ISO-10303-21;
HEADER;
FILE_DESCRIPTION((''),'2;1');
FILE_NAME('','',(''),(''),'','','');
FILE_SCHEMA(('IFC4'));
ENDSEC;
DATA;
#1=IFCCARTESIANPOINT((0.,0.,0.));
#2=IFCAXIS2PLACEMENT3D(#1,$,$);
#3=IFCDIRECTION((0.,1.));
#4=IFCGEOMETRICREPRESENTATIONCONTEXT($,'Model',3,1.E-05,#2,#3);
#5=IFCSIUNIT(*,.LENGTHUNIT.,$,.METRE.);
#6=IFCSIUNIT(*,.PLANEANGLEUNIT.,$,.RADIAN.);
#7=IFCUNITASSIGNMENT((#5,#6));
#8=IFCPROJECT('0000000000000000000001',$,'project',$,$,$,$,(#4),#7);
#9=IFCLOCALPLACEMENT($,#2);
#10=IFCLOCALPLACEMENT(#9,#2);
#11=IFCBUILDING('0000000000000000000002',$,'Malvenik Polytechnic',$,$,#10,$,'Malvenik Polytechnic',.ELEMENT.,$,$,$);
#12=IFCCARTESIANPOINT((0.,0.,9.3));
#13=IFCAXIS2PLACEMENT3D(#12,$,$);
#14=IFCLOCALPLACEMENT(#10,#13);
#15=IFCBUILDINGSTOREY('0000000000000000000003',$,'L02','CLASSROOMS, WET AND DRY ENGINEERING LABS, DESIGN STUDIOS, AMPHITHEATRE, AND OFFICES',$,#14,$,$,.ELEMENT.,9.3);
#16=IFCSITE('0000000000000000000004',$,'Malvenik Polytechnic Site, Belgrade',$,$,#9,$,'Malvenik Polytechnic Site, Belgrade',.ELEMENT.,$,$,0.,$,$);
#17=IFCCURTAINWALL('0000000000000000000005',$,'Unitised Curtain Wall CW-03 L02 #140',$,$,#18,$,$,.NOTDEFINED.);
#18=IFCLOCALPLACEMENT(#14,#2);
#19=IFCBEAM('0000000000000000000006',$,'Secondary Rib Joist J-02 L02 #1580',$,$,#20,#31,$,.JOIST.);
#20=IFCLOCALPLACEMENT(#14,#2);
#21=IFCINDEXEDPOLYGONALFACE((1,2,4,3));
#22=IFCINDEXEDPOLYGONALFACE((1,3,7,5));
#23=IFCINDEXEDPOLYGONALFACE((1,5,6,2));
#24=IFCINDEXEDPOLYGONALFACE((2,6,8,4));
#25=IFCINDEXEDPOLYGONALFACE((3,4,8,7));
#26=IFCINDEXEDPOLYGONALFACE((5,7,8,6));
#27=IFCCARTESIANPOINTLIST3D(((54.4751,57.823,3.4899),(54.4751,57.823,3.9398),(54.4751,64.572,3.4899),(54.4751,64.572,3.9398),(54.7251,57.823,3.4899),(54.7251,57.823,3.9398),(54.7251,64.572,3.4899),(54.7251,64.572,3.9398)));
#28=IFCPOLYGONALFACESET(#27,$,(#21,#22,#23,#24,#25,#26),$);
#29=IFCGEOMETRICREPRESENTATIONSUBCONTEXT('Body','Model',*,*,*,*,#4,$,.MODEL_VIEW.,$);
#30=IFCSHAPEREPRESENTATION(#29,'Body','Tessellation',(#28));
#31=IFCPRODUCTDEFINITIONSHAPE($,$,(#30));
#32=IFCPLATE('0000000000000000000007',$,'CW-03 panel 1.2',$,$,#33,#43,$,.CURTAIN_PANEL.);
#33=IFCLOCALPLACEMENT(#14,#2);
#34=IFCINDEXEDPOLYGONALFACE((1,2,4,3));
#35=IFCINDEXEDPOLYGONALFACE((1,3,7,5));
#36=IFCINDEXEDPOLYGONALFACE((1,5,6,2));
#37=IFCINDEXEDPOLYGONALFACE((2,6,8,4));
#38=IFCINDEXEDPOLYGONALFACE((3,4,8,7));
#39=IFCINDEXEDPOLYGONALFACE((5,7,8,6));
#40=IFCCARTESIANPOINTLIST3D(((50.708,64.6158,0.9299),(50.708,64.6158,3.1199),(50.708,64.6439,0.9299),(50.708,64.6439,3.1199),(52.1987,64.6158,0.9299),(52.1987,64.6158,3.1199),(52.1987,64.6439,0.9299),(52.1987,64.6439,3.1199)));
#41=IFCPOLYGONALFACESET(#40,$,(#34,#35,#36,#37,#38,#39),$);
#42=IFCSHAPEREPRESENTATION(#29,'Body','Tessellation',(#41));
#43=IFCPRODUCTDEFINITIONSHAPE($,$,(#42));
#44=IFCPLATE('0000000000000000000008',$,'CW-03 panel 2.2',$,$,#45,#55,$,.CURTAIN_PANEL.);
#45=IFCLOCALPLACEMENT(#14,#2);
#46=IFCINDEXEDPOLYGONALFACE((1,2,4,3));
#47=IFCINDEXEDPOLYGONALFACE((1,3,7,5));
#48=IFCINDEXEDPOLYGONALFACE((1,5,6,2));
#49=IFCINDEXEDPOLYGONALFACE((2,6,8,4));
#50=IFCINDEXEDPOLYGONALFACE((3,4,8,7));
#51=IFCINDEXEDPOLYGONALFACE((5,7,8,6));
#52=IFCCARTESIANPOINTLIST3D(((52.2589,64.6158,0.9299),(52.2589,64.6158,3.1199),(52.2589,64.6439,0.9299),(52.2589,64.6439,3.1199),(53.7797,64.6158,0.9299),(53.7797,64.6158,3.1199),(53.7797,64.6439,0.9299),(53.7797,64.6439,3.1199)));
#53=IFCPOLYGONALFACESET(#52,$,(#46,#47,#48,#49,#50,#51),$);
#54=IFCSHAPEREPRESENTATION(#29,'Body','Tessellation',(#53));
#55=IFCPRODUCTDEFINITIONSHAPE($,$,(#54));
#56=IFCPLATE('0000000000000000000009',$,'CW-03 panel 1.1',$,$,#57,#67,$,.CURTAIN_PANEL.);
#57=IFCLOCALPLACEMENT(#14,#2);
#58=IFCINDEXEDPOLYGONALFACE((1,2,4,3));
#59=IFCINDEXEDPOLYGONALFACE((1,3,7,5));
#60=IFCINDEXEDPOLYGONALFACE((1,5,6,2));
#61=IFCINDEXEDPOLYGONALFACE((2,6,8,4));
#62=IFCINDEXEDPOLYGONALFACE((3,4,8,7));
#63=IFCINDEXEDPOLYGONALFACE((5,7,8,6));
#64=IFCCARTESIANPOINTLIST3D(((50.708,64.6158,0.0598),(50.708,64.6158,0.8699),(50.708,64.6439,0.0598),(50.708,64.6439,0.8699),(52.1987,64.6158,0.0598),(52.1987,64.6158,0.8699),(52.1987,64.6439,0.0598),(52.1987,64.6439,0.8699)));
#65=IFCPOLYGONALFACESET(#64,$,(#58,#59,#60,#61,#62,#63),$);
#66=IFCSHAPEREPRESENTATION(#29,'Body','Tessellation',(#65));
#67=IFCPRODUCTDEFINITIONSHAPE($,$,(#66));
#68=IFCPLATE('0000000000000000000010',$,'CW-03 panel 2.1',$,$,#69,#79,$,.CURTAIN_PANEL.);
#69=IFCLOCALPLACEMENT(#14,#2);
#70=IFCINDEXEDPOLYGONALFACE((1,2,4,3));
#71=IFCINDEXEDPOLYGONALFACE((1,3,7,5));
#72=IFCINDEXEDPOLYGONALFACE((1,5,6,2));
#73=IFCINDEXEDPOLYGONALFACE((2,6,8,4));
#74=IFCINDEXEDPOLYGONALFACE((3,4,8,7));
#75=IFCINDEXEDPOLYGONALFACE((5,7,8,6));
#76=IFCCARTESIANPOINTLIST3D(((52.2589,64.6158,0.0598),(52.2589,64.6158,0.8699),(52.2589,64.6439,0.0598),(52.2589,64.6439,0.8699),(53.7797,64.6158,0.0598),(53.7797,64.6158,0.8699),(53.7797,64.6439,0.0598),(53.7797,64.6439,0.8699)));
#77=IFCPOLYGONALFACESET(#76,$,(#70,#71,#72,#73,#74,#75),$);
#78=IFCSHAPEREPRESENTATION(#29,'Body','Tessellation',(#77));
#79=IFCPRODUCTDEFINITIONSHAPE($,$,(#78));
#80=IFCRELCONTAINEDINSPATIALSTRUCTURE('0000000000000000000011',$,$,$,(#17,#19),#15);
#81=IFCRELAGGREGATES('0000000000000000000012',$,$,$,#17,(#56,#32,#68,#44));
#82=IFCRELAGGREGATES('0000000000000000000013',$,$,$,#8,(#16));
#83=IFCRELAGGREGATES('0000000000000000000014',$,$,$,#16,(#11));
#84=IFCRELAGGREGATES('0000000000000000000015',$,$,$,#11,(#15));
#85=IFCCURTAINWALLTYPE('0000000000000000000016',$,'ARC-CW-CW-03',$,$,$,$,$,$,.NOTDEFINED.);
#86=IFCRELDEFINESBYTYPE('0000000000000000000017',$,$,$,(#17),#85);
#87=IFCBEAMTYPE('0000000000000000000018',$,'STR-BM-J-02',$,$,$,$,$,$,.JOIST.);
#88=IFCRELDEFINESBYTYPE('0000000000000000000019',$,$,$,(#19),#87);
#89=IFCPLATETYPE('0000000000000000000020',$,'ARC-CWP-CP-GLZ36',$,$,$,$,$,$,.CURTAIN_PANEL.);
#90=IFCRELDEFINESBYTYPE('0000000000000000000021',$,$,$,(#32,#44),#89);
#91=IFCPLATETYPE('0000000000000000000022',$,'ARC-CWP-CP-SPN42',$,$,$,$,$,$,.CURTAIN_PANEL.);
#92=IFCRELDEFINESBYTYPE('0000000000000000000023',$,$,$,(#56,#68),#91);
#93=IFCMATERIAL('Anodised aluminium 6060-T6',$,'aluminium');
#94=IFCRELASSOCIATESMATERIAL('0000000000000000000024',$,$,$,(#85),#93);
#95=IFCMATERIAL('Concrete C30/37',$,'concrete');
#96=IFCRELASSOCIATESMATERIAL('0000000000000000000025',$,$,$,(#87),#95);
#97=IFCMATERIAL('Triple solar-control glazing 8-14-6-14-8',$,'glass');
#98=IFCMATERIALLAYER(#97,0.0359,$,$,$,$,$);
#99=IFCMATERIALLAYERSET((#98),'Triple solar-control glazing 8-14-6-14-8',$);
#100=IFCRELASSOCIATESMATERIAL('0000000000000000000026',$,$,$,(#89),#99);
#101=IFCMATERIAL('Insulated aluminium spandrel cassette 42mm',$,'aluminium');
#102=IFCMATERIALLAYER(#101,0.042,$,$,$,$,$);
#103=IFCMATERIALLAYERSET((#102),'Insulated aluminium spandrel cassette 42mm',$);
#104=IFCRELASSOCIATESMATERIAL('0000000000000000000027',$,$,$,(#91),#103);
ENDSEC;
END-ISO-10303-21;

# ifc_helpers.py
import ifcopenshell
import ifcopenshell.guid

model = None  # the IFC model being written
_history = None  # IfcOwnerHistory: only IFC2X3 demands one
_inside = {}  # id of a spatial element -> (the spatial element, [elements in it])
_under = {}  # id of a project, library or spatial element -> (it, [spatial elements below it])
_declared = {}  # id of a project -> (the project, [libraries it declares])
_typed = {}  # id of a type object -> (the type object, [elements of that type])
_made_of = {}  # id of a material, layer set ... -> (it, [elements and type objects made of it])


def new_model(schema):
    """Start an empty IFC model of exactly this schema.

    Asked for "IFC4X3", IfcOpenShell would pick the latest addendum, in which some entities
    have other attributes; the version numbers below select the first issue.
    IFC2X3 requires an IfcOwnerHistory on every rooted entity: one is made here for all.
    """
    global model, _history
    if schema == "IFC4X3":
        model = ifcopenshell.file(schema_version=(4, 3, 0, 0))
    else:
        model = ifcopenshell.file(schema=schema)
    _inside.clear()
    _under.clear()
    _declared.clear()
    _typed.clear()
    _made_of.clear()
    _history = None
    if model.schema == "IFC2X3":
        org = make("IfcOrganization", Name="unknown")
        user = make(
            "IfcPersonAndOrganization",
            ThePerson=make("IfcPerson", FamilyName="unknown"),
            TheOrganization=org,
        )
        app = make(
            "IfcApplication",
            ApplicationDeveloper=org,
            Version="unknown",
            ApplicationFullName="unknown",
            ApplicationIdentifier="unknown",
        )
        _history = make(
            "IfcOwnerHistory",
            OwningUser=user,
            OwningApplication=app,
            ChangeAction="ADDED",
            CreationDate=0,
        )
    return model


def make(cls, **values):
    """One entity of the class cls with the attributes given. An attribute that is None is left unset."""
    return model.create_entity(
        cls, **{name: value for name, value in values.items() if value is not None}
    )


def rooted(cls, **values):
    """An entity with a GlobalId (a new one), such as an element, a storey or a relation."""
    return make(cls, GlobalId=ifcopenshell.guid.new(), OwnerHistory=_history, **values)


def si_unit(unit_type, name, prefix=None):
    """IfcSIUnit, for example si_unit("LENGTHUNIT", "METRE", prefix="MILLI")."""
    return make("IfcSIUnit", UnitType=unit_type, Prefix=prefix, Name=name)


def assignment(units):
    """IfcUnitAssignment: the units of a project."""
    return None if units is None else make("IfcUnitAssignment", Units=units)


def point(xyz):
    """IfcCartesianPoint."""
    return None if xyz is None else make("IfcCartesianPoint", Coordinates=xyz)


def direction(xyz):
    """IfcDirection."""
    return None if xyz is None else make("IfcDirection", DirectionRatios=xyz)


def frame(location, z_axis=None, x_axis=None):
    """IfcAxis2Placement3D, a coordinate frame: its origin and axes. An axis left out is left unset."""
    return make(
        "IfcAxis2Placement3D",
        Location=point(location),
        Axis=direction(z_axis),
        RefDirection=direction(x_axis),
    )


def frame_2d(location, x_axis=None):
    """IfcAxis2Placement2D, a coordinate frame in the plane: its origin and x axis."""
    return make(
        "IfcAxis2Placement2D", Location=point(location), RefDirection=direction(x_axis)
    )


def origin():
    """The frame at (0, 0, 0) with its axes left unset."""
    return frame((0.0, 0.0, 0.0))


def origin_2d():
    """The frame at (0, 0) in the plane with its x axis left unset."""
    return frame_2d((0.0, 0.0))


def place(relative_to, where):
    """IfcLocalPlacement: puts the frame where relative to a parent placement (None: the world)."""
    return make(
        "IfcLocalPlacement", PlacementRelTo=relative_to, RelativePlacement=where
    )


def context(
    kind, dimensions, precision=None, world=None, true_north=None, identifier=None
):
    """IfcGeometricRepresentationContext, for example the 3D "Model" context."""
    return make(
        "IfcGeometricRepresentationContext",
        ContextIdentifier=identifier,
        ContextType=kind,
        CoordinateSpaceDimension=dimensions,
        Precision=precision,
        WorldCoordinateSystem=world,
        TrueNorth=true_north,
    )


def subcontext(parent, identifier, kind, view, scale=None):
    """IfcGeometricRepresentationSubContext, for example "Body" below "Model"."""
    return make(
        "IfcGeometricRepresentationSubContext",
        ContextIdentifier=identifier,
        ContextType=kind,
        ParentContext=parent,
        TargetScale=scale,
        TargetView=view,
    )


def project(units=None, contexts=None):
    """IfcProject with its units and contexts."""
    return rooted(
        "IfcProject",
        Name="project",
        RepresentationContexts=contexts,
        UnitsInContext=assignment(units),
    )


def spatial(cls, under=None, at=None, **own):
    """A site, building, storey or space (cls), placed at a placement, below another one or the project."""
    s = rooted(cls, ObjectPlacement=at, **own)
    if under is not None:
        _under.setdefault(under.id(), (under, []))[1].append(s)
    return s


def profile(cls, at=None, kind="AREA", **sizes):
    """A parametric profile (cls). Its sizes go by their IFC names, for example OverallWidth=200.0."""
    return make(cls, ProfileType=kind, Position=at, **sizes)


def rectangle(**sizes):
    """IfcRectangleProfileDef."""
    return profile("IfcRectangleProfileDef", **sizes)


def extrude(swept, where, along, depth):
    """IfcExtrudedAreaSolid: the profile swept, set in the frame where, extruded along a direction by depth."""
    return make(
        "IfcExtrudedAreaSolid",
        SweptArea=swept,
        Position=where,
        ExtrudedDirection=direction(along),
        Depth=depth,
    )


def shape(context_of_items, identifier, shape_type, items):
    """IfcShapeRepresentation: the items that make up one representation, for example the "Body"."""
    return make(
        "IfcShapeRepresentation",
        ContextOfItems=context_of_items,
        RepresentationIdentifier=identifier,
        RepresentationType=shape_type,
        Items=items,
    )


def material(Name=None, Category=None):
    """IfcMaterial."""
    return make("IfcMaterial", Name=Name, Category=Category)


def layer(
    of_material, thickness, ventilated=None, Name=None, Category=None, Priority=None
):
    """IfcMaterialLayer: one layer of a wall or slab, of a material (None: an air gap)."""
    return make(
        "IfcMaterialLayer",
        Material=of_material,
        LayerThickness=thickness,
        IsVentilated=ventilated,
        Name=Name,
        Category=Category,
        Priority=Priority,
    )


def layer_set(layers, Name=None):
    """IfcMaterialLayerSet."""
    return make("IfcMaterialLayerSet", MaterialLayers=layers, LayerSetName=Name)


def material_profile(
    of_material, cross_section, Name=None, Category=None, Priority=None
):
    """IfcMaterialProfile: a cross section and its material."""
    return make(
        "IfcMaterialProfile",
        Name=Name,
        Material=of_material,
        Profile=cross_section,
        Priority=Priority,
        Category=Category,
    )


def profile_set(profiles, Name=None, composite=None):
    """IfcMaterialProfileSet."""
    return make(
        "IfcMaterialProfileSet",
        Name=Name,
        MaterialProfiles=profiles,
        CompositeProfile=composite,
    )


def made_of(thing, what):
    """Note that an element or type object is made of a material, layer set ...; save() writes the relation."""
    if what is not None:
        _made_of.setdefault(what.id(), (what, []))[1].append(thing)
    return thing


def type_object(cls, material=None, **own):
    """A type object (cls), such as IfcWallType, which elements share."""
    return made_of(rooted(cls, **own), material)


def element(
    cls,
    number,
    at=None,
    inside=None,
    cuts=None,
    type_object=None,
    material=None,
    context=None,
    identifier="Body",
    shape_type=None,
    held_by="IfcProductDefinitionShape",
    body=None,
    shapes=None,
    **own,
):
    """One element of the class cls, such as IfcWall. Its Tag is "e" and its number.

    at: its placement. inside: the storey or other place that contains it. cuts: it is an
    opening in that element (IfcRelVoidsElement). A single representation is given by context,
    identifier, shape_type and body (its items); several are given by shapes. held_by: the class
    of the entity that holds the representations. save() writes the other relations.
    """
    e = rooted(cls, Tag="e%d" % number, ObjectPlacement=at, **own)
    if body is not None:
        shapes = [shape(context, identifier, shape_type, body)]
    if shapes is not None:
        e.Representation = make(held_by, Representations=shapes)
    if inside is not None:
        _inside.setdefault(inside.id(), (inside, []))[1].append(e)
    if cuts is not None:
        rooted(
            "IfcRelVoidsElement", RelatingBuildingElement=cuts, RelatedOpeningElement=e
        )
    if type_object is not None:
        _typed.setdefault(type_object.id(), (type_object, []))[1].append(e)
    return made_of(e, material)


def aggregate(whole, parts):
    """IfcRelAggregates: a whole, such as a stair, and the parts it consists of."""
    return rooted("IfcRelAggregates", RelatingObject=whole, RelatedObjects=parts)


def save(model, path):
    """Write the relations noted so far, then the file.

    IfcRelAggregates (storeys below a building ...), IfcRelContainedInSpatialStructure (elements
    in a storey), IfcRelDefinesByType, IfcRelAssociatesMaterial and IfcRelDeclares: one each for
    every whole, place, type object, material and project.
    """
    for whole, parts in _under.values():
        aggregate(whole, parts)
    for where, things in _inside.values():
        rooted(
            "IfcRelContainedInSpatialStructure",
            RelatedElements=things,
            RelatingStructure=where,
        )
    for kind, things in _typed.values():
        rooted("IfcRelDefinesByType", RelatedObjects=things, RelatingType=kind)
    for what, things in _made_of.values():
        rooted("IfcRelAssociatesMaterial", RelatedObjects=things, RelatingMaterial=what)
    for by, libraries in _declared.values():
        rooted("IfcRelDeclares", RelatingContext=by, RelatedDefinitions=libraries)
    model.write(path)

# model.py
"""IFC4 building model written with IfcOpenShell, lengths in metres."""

from ifc_helpers import new_model, si_unit, direction, frame, origin, origin_2d, place, context, subcontext, project, spatial, rectangle, extrude, material, layer, layer_set, material_profile, profile_set, type_object, element, aggregate, save


model = new_model("IFC4")

# Units and contexts
model_context = context("Model", 3, precision=1e-05, world=origin(), true_north=direction((0.0, 1.0)))
body_context = subcontext(model_context, "Body", "Model", "MODEL_VIEW")
ifc_project = project(units=[si_unit("LENGTHUNIT", "METRE"), si_unit("PLANEANGLEUNIT", "RADIAN")], contexts=[model_context])

# Site, building, storey
site_placement = place(None, origin())
site = spatial("IfcSite", under=ifc_project, at=site_placement, Name="Malvenik Polytechnic Site, Belgrade", LongName="Malvenik Polytechnic Site, Belgrade", CompositionType="ELEMENT", RefElevation=0.0)
building_placement = place(site_placement, origin())
building = spatial("IfcBuilding", under=site, at=building_placement, Name="Malvenik Polytechnic", LongName="Malvenik Polytechnic", CompositionType="ELEMENT")
storey_placement = place(building_placement, frame((0.0, 0.0, 9.3)))
storey = spatial("IfcBuildingStorey", under=building, at=storey_placement, Name="L02", Description="CLASSROOMS, WET AND DRY ENGINEERING LABS, DESIGN STUDIOS, AMPHITHEATRE, AND OFFICES", CompositionType="ELEMENT", Elevation=9.3)

# Curtain wall
ifc_material_1 = material(Name="Anodised aluminium 6060-T6", Category="aluminium")
curtain_wall_type = type_object("IfcCurtainWallType", Name="ARC-CW-CW-03", PredefinedType="NOTDEFINED", material=ifc_material_1)
curtain_wall_1_placement = place(storey_placement, origin())
curtain_wall_1 = element("IfcCurtainWall", 1, at=curtain_wall_1_placement, inside=storey, type_object=curtain_wall_type, Name="Unitised Curtain Wall CW-03 L02 #140", PredefinedType="NOTDEFINED")

# Beam
ifc_material_2 = material(Name="Concrete C30/37", Category="concrete")
ifc_material_profile_1 = material_profile(ifc_material_2, rectangle(XDim=0.25, YDim=0.45, at=origin_2d()), Name="RC JST 250x450")
ifc_profile_set_1 = profile_set([ifc_material_profile_1], Name="Concrete C30/37")
beam_type_1 = type_object("IfcBeamType", Name="STR-BM-J-02", PredefinedType="JOIST", material=ifc_profile_set_1)
for number, where, z_axis, x_axis, name in (
    (2, (54.6001, 57.823, 3.7148), (0.0, 1.0, 0.0), (-1.0, 0.0, 0.0), "Secondary Rib Joist J-02 L02 #1580"),
):
    element("IfcBeam", number, at=place(storey_placement, frame(where, z_axis=z_axis, x_axis=x_axis)), inside=storey, type_object=beam_type_1, Name=name, PredefinedType="JOIST", context=body_context, shape_type="SweptSolid", body=[
        extrude(rectangle(XDim=0.25, YDim=0.45, at=origin_2d()), origin(), (0.0, 0.0, 1.0), 6.749),
    ])

# Plates
ifc_material_3 = material(Name="Triple solar-control glazing 8-14-6-14-8", Category="glass")
ifc_layer_1 = layer(ifc_material_3, 0.0359)
ifc_layer_set_1 = layer_set([ifc_layer_1], Name="Triple solar-control glazing 8-14-6-14-8")
plate_type_1 = type_object("IfcPlateType", Name="ARC-CWP-CP-GLZ36", PredefinedType="CURTAIN_PANEL", material=ifc_layer_set_1)
plate_1_placement = place(storey_placement, frame((51.4534, 64.6299, 0.9299), z_axis=(0.0, 0.0, 1.0), x_axis=(1.0, 0.0, 0.0)))
plate_1 = element("IfcPlate", 3, at=plate_1_placement, type_object=plate_type_1, Name="CW-03 panel 1.2", PredefinedType="CURTAIN_PANEL", context=body_context, shape_type="SweptSolid", body=[
    extrude(rectangle(XDim=1.4907, YDim=0.0281, at=origin_2d()), origin(), (0.0, 0.0, 1.0), 2.1899),
])
plate_2_placement = place(storey_placement, frame((53.0193, 64.6299, 0.9299), z_axis=(0.0, 0.0, 1.0), x_axis=(1.0, 0.0, 0.0)))
plate_2 = element("IfcPlate", 4, at=plate_2_placement, type_object=plate_type_1, Name="CW-03 panel 2.2", PredefinedType="CURTAIN_PANEL", context=body_context, shape_type="SweptSolid", body=[
    extrude(rectangle(XDim=1.5208, YDim=0.0281, at=origin_2d()), origin(), (0.0, 0.0, 1.0), 2.1899),
])
ifc_material_4 = material(Name="Insulated aluminium spandrel cassette 42mm", Category="aluminium")
ifc_layer_2 = layer(ifc_material_4, 0.042)
ifc_layer_set_2 = layer_set([ifc_layer_2], Name="Insulated aluminium spandrel cassette 42mm")
plate_type_2 = type_object("IfcPlateType", Name="ARC-CWP-CP-SPN42", PredefinedType="CURTAIN_PANEL", material=ifc_layer_set_2)
plate_3_placement = place(storey_placement, frame((51.4534, 64.6299, 0.0598), z_axis=(0.0, 0.0, 1.0), x_axis=(1.0, 0.0, 0.0)))
plate_3 = element("IfcPlate", 5, at=plate_3_placement, type_object=plate_type_2, Name="CW-03 panel 1.1", PredefinedType="CURTAIN_PANEL", context=body_context, shape_type="SweptSolid", body=[
    extrude(rectangle(XDim=1.4907, YDim=0.0281, at=origin_2d()), origin(), (0.0, 0.0, 1.0), 0.8101),
])
plate_4_placement = place(storey_placement, frame((53.0193, 64.6299, 0.0598), z_axis=(0.0, 0.0, 1.0), x_axis=(1.0, 0.0, 0.0)))
plate_4 = element("IfcPlate", 6, at=plate_4_placement, type_object=plate_type_2, Name="CW-03 panel 2.1", PredefinedType="CURTAIN_PANEL", context=body_context, shape_type="SweptSolid", body=[
    extrude(rectangle(XDim=1.5208, YDim=0.0281, at=origin_2d()), origin(), (0.0, 0.0, 1.0), 0.8101),
])
aggregate(curtain_wall_1, [plate_3, plate_1, plate_4, plate_2])

save(model, "model.ifc")
